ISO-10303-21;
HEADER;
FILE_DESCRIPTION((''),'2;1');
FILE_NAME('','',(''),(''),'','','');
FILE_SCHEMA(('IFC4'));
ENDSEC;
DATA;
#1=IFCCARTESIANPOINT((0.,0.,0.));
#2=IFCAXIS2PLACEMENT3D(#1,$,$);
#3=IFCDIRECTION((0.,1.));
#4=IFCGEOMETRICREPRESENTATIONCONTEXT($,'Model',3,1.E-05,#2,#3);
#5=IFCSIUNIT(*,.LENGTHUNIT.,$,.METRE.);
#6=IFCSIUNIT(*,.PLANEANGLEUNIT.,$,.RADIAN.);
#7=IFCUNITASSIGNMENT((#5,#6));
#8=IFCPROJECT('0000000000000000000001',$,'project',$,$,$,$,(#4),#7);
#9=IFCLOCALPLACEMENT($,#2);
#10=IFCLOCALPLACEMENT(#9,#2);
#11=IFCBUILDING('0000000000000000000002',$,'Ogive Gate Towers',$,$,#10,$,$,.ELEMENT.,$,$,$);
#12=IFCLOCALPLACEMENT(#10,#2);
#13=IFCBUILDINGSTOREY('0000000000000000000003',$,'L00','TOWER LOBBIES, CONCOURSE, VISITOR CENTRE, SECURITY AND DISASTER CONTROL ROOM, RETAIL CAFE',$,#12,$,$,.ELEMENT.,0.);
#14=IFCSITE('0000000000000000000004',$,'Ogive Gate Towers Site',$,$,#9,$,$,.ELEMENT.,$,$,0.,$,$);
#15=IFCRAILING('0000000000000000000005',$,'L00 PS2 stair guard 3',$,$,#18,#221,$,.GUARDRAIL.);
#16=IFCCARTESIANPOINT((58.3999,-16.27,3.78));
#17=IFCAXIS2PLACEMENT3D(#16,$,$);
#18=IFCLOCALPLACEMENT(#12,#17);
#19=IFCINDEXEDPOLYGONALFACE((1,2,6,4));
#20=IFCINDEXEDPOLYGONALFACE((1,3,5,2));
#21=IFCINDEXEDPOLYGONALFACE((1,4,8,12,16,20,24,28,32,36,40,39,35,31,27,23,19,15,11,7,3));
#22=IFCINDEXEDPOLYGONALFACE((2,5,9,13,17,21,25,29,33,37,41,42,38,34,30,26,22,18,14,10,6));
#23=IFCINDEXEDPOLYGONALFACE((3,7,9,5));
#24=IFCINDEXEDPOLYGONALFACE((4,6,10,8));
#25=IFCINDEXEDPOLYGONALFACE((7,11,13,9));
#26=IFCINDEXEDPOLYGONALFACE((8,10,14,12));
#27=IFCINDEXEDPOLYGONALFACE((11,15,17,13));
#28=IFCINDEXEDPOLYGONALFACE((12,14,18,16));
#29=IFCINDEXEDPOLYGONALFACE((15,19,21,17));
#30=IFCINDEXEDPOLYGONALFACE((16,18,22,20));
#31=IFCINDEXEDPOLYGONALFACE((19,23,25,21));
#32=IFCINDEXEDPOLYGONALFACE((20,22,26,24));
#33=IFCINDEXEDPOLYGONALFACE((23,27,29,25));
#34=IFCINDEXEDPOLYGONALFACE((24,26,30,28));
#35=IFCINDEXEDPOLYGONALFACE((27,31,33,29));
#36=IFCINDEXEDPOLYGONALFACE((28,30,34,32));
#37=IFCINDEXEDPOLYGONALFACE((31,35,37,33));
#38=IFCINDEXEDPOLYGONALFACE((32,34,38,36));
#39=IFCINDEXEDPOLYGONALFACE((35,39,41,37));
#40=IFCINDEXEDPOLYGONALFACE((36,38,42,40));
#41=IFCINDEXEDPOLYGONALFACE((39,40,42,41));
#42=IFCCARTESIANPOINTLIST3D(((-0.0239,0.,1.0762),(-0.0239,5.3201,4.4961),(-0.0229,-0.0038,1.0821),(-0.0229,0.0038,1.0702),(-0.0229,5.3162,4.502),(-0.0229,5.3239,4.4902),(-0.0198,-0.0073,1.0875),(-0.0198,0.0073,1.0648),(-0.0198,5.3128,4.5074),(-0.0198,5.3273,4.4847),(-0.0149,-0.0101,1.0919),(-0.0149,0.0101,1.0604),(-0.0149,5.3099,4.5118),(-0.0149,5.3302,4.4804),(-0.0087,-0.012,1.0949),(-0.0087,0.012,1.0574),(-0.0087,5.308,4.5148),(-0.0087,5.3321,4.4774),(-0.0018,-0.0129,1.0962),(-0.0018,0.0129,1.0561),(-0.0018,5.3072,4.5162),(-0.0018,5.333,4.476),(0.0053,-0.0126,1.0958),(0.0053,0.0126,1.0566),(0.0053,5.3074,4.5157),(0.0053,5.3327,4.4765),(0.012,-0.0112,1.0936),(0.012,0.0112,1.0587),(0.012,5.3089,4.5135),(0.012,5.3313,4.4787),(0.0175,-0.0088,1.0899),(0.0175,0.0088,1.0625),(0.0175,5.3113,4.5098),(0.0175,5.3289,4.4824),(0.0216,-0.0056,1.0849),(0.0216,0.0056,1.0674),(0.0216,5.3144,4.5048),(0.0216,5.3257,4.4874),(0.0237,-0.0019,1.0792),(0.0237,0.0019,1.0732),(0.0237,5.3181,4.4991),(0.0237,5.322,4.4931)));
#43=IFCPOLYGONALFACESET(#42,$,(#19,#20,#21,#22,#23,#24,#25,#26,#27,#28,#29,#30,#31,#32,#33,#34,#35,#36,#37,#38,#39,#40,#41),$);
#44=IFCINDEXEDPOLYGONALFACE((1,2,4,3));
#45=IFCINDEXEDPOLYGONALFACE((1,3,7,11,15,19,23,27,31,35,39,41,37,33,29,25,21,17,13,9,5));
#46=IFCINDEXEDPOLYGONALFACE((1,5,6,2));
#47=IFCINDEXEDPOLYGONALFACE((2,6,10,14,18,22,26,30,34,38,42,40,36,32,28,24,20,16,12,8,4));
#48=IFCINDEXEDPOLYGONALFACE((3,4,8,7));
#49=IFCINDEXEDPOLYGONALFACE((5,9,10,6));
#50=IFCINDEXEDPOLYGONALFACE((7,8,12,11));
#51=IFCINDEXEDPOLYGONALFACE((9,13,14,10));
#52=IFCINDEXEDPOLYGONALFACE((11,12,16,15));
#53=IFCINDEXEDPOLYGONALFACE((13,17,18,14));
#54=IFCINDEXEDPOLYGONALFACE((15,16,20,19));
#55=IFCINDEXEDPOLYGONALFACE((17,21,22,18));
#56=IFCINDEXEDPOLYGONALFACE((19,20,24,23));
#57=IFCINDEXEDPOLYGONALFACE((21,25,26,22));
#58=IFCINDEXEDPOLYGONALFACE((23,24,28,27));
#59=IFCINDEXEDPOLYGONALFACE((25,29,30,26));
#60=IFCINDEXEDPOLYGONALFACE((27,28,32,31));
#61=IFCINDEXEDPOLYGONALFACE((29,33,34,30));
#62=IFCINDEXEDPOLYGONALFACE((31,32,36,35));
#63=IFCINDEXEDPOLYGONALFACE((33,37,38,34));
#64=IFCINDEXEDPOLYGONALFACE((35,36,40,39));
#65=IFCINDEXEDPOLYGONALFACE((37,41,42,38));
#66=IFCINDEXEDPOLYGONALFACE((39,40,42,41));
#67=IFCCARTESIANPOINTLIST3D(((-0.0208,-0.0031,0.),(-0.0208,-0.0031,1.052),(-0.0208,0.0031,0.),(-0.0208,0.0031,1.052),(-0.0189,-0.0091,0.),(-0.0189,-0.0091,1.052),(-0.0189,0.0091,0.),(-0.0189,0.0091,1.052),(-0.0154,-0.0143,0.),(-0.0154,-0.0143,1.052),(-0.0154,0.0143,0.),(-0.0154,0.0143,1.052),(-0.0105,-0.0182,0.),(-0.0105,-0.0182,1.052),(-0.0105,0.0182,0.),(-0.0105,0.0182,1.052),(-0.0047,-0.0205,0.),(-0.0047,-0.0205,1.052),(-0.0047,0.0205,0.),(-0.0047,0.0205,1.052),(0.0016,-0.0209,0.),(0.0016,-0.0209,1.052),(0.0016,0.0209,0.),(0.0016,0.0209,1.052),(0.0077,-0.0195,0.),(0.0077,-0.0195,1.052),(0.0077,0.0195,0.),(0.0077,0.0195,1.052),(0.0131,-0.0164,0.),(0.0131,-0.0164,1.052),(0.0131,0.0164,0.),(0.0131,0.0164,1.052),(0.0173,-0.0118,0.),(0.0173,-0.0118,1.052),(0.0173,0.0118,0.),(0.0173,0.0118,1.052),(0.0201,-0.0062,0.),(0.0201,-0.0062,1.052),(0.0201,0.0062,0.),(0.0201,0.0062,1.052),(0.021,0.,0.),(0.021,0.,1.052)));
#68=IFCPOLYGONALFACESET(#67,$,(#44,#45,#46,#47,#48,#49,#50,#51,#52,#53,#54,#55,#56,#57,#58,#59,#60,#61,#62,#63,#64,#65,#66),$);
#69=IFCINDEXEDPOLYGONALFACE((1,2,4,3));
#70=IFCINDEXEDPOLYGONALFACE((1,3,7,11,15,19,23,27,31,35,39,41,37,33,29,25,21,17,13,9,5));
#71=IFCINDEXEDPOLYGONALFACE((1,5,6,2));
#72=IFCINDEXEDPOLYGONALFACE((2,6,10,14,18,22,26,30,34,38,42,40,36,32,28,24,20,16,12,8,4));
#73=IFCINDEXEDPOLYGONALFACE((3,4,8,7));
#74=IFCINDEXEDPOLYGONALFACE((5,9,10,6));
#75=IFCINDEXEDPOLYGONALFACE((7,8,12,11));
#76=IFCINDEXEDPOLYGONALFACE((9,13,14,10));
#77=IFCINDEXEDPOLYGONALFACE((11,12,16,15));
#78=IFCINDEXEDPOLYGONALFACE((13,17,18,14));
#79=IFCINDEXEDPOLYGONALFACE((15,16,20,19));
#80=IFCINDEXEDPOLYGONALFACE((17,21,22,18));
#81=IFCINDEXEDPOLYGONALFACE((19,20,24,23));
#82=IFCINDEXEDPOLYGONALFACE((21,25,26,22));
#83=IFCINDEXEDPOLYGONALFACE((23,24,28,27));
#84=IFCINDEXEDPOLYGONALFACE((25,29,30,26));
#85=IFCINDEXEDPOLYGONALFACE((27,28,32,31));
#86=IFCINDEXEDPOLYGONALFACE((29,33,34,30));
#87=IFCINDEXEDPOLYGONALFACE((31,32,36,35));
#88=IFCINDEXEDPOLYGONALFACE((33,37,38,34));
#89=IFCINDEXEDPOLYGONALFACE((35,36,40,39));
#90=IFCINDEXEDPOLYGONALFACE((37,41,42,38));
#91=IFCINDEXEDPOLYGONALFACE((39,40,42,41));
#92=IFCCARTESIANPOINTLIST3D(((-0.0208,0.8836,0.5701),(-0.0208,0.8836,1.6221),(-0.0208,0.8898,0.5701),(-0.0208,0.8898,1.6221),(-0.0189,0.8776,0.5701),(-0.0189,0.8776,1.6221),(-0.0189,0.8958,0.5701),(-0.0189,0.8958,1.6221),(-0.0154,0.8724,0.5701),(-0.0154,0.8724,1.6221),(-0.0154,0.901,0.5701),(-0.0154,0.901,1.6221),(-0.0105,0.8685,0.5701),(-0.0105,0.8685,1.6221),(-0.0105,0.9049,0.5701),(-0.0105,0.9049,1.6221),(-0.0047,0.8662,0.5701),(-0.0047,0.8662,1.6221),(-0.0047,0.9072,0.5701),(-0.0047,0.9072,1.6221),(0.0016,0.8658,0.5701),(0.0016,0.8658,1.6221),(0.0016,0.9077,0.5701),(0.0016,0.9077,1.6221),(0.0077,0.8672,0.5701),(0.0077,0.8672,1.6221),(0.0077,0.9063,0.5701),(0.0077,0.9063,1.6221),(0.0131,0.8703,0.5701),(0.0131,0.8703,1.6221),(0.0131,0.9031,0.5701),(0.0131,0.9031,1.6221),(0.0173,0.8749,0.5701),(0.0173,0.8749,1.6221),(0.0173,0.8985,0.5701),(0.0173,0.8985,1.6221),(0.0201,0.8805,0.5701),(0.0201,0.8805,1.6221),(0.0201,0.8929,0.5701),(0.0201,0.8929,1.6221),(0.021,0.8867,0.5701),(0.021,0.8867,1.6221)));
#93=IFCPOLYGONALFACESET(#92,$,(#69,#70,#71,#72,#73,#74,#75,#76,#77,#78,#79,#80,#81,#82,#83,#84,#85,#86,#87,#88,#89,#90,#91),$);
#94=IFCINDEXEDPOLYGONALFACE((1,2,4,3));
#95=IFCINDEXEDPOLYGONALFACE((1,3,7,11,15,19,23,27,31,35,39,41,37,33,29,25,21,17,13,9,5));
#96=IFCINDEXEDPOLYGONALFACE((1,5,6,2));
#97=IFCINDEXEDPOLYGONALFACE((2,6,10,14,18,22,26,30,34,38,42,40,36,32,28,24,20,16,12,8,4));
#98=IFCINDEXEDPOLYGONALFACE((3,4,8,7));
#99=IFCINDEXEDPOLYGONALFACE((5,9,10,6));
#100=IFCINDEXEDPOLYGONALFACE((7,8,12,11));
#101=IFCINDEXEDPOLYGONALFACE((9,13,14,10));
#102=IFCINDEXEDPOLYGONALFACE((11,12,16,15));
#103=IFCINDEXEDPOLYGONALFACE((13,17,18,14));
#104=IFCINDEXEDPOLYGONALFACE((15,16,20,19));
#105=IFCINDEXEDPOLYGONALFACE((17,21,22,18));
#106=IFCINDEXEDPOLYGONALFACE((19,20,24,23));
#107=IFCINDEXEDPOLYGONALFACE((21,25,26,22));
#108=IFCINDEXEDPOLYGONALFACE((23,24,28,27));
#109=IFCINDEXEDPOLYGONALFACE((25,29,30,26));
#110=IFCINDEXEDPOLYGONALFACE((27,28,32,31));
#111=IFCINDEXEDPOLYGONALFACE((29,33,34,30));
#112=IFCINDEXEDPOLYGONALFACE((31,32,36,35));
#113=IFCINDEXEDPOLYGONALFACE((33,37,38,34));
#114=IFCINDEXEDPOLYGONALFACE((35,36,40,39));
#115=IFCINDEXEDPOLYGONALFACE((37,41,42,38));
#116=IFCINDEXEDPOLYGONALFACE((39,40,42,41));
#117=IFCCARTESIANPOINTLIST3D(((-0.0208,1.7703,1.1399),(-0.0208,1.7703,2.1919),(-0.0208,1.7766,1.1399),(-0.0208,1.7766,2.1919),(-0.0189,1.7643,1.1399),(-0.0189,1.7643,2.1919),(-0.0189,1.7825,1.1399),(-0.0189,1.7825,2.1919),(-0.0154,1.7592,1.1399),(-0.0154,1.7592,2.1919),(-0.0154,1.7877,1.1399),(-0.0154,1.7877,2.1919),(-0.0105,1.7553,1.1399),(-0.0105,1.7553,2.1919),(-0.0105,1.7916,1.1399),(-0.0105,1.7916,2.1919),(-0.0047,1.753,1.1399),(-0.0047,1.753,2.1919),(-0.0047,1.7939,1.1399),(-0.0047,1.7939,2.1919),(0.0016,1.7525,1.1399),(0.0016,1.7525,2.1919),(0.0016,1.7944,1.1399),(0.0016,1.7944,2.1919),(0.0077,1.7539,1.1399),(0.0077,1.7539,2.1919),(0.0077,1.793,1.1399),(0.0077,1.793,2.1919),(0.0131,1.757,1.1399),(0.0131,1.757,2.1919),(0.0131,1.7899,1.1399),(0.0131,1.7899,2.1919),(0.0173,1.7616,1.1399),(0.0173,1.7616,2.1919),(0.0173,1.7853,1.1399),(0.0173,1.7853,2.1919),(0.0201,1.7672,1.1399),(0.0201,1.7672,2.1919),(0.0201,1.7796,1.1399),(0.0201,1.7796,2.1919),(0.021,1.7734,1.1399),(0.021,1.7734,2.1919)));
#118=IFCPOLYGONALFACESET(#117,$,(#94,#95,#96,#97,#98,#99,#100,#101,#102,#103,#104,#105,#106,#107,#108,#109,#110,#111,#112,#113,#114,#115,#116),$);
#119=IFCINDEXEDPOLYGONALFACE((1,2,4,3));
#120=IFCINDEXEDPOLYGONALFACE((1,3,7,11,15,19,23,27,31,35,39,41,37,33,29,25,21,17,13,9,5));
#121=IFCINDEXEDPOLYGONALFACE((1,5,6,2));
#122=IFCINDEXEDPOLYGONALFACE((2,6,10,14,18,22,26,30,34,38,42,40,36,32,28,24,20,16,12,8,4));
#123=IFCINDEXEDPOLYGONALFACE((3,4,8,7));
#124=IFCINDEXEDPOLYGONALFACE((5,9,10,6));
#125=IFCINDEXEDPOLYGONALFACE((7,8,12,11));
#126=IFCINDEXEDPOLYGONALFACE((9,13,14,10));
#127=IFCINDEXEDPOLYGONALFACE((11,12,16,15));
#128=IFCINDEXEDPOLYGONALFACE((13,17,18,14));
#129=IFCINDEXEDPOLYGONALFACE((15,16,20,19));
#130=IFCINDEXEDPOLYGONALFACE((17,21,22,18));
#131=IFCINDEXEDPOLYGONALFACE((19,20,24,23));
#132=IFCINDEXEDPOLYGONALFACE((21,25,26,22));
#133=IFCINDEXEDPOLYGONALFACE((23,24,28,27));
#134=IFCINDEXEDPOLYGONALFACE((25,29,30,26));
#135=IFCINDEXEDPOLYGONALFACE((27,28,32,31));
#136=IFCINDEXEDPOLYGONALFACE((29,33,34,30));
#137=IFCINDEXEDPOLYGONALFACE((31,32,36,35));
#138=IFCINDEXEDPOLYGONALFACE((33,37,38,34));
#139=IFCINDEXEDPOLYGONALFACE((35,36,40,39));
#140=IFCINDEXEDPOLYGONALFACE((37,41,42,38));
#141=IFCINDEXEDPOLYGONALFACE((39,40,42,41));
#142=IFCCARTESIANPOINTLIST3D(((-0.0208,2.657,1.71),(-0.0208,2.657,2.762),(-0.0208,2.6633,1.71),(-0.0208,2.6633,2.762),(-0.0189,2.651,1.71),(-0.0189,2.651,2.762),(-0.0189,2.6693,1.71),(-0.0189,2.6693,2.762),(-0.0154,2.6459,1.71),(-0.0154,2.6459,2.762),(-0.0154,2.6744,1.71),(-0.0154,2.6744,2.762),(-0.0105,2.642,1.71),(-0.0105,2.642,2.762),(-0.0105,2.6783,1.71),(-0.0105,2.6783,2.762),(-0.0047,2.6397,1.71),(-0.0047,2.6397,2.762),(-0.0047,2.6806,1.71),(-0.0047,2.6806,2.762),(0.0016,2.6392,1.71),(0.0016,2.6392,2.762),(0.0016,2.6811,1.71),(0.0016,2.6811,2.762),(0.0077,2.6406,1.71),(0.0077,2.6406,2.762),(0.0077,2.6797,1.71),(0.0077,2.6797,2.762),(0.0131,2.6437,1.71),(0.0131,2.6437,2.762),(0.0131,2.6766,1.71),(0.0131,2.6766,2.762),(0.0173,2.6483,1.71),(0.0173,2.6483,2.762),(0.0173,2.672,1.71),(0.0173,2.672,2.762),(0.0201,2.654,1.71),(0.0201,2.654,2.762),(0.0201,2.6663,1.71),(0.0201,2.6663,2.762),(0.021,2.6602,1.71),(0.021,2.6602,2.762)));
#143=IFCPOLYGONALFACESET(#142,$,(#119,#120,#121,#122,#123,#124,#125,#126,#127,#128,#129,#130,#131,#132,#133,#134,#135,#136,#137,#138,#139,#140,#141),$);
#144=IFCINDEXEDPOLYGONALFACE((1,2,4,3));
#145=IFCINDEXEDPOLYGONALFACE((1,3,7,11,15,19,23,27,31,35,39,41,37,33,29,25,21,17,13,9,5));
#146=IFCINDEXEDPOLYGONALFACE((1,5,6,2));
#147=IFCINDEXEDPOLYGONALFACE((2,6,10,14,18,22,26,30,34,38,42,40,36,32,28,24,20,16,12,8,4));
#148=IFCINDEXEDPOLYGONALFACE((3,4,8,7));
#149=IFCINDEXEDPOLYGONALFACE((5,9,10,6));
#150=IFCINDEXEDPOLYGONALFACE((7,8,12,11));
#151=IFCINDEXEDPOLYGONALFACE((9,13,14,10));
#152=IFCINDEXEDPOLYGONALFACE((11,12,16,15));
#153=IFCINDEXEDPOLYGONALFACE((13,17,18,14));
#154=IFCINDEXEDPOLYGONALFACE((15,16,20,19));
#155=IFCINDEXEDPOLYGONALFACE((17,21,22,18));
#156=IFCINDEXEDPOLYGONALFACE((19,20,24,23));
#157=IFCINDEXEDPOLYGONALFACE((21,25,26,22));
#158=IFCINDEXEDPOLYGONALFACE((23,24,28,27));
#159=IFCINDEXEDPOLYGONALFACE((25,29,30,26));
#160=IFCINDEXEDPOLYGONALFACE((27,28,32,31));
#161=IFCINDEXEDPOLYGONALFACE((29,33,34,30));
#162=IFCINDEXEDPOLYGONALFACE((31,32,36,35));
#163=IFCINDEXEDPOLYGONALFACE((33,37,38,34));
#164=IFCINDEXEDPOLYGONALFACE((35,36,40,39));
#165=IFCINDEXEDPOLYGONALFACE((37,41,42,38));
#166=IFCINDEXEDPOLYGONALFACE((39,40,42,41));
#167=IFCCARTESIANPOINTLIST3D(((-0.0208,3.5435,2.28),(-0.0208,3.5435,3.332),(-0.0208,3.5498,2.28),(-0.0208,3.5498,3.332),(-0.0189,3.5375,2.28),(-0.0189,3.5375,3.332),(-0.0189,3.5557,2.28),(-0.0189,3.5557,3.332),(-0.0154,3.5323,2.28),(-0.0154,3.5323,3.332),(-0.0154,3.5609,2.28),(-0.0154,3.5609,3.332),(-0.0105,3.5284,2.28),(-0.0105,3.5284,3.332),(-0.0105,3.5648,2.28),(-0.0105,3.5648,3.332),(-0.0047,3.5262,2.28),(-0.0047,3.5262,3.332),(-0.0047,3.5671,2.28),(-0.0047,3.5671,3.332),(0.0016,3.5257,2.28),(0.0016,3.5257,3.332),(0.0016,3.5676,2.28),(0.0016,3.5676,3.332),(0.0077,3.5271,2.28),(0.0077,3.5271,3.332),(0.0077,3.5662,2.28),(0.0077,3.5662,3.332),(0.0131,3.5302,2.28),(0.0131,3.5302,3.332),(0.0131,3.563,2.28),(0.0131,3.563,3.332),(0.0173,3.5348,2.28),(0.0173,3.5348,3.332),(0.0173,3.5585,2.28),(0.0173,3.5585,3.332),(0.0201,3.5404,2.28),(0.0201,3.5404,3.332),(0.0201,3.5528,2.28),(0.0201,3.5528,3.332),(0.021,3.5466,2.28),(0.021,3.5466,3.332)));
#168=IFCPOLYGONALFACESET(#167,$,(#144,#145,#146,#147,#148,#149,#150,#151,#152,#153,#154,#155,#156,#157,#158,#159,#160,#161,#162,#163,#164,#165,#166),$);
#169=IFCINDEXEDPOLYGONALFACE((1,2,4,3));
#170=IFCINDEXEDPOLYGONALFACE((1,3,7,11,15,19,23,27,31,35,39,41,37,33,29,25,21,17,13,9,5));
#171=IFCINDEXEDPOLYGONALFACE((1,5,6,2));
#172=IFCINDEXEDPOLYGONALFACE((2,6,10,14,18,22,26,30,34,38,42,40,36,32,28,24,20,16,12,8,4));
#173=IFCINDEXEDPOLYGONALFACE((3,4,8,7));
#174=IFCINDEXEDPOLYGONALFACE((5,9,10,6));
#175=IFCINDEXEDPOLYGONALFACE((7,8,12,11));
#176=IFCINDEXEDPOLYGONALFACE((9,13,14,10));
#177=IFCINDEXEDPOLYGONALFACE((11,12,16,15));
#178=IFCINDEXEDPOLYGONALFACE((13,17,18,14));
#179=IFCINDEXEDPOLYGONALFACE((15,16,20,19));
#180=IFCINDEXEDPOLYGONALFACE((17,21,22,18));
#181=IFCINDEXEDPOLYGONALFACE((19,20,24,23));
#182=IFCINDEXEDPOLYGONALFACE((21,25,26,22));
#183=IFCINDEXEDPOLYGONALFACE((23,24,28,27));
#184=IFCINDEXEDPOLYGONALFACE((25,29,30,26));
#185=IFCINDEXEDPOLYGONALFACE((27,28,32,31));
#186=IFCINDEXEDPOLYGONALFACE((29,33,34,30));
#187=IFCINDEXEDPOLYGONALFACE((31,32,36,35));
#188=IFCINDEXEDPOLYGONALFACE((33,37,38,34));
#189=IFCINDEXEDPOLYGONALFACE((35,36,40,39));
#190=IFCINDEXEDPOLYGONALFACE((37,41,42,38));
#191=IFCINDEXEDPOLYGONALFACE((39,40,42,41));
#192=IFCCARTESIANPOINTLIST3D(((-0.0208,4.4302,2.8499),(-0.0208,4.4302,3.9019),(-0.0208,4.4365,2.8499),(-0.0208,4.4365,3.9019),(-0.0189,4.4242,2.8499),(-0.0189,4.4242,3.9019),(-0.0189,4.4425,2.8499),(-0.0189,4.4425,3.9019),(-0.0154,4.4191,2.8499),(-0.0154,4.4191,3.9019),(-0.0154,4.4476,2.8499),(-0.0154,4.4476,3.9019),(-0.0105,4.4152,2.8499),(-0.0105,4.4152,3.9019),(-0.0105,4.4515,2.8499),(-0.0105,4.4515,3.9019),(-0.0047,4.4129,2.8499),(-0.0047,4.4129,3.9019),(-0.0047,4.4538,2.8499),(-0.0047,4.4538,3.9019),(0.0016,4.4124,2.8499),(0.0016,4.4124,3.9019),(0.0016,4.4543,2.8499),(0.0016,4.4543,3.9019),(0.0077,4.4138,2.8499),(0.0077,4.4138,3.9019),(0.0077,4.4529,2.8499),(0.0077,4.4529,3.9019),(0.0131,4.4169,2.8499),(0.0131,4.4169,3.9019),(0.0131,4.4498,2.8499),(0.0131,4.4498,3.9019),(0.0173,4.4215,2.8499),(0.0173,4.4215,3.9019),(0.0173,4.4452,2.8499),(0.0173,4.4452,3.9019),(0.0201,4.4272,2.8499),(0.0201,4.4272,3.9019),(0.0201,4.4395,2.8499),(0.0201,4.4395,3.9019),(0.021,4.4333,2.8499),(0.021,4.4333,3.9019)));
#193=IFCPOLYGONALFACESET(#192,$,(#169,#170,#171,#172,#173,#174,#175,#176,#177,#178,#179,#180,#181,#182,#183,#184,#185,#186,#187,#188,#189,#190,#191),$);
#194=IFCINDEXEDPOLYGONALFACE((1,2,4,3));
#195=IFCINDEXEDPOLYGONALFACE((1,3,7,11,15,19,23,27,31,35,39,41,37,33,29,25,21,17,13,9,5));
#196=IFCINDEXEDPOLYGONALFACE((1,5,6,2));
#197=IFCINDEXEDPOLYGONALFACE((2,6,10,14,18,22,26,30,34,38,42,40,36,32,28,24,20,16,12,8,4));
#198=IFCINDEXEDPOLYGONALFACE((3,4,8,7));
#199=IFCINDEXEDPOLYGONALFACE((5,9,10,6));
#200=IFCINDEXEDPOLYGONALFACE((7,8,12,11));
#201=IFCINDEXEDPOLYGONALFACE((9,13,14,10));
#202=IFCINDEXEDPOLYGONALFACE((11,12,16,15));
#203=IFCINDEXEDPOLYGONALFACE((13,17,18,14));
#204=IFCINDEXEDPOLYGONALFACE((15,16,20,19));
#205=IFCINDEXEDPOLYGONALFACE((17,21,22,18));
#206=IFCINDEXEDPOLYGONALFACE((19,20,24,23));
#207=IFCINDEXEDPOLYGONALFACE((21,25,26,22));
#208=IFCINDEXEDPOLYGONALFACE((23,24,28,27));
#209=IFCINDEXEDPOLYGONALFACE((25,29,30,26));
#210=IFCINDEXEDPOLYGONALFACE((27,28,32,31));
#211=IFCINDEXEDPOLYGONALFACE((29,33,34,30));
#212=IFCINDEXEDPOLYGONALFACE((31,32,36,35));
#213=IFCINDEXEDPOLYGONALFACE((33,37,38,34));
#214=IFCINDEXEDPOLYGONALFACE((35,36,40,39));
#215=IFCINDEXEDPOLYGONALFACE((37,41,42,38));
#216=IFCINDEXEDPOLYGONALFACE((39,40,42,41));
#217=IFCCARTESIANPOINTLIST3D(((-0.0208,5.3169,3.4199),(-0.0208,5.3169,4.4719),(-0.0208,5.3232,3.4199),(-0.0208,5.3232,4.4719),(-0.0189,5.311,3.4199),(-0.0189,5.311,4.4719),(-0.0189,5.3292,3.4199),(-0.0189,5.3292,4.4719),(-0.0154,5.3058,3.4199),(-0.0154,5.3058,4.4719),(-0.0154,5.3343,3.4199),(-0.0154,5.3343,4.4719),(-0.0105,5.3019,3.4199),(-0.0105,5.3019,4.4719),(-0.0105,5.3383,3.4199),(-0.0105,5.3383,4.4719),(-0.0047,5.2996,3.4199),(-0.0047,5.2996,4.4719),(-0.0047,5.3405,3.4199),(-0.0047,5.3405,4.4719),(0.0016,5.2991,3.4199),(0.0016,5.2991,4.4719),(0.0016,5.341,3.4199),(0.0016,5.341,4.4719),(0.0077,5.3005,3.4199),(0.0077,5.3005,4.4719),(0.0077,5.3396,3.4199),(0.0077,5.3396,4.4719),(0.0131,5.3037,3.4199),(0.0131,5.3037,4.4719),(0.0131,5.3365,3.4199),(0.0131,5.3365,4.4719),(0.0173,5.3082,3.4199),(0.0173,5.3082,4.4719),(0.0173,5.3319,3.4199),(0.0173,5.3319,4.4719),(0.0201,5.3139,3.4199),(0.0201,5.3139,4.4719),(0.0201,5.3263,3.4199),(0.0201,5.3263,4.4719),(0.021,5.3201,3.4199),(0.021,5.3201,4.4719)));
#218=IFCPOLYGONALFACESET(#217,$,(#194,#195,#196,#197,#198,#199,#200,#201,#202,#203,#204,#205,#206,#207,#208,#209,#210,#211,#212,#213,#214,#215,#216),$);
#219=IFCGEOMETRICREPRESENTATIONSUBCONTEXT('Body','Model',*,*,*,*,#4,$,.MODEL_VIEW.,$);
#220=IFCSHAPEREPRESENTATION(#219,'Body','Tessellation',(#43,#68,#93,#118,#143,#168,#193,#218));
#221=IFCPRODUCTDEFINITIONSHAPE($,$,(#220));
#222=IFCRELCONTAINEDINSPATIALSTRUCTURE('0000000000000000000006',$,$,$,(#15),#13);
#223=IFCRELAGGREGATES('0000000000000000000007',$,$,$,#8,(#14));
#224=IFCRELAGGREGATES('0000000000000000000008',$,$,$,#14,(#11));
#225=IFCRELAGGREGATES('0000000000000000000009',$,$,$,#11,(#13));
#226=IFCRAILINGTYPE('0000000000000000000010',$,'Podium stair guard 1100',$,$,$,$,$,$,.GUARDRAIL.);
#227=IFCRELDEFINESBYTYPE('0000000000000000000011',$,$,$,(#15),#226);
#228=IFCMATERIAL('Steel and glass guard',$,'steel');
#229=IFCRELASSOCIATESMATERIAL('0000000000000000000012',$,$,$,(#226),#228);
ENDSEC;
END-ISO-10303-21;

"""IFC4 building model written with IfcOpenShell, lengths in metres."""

from ifc_helpers import new_model, si_unit, direction, frame, origin, origin_2d, place, context, subcontext, project, spatial, circle, extrude, material, type_object, element, save


model = new_model("IFC4")

# Units and contexts
model_context = context("Model", 3, precision=1e-05, world=origin(), true_north=direction((0.0, 1.0)))
body_context = subcontext(model_context, "Body", "Model", "MODEL_VIEW")
ifc_project = project(units=[si_unit("LENGTHUNIT", "METRE"), si_unit("PLANEANGLEUNIT", "RADIAN")], contexts=[model_context])

# Site, building, storey
site_placement = place(None, origin())
site = spatial("IfcSite", under=ifc_project, at=site_placement, Name="Ogive Gate Towers Site", CompositionType="ELEMENT", RefElevation=0.0)
building_placement = place(site_placement, origin())
building = spatial("IfcBuilding", under=site, at=building_placement, Name="Ogive Gate Towers", CompositionType="ELEMENT")
storey_placement = place(building_placement, origin())
storey = spatial("IfcBuildingStorey", under=building, at=storey_placement, Name="L00", Description="TOWER LOBBIES, CONCOURSE, VISITOR CENTRE, SECURITY AND DISASTER CONTROL ROOM, RETAIL CAFE", CompositionType="ELEMENT", Elevation=0.0)

# Railing
ifc_material_1 = material(Name="Steel and glass guard", Category="steel")
railing_type_1 = type_object("IfcRailingType", Name="Podium stair guard 1100", PredefinedType="GUARDRAIL", material=ifc_material_1)
railing_1_placement = place(storey_placement, frame((58.3999, -16.27, 3.78)))
element("IfcRailing", 1, at=railing_1_placement, inside=storey, type_object=railing_type_1, Name="L00 PS2 stair guard 3", PredefinedType="GUARDRAIL", context=body_context, shape_type="SweptSolid", body=[
    extrude(circle(Radius=0.0239, at=origin_2d()), frame((0.0, 0.0, 1.0762), z_axis=(0.0, 0.841187, 0.540744), x_axis=(-1.0, 0.0, 0.0)), (0.0, 0.0, 1.0), 6.3245),
    extrude(circle(Radius=0.021, at=origin_2d()), origin(), (0.0, 0.0, 1.0), 1.052),
    extrude(circle(Radius=0.021, at=origin_2d()), frame((0.0, 0.8867, 0.5701)), (0.0, 0.0, 1.0), 1.052),
    extrude(circle(Radius=0.021, at=origin_2d()), frame((0.0, 1.7734, 1.1399)), (0.0, 0.0, 1.0), 1.052),
    extrude(circle(Radius=0.021, at=origin_2d()), frame((0.0, 2.6602, 1.71)), (0.0, 0.0, 1.0), 1.052),
    extrude(circle(Radius=0.021, at=origin_2d()), frame((0.0, 3.5466, 2.28)), (0.0, 0.0, 1.0), 1.052),
    extrude(circle(Radius=0.021, at=origin_2d()), frame((0.0, 4.4333, 2.8499)), (0.0, 0.0, 1.0), 1.052),
    extrude(circle(Radius=0.021, at=origin_2d()), frame((0.0, 5.3201, 3.4199)), (0.0, 0.0, 1.0), 1.052),
])

save(model, "model.ifc")
